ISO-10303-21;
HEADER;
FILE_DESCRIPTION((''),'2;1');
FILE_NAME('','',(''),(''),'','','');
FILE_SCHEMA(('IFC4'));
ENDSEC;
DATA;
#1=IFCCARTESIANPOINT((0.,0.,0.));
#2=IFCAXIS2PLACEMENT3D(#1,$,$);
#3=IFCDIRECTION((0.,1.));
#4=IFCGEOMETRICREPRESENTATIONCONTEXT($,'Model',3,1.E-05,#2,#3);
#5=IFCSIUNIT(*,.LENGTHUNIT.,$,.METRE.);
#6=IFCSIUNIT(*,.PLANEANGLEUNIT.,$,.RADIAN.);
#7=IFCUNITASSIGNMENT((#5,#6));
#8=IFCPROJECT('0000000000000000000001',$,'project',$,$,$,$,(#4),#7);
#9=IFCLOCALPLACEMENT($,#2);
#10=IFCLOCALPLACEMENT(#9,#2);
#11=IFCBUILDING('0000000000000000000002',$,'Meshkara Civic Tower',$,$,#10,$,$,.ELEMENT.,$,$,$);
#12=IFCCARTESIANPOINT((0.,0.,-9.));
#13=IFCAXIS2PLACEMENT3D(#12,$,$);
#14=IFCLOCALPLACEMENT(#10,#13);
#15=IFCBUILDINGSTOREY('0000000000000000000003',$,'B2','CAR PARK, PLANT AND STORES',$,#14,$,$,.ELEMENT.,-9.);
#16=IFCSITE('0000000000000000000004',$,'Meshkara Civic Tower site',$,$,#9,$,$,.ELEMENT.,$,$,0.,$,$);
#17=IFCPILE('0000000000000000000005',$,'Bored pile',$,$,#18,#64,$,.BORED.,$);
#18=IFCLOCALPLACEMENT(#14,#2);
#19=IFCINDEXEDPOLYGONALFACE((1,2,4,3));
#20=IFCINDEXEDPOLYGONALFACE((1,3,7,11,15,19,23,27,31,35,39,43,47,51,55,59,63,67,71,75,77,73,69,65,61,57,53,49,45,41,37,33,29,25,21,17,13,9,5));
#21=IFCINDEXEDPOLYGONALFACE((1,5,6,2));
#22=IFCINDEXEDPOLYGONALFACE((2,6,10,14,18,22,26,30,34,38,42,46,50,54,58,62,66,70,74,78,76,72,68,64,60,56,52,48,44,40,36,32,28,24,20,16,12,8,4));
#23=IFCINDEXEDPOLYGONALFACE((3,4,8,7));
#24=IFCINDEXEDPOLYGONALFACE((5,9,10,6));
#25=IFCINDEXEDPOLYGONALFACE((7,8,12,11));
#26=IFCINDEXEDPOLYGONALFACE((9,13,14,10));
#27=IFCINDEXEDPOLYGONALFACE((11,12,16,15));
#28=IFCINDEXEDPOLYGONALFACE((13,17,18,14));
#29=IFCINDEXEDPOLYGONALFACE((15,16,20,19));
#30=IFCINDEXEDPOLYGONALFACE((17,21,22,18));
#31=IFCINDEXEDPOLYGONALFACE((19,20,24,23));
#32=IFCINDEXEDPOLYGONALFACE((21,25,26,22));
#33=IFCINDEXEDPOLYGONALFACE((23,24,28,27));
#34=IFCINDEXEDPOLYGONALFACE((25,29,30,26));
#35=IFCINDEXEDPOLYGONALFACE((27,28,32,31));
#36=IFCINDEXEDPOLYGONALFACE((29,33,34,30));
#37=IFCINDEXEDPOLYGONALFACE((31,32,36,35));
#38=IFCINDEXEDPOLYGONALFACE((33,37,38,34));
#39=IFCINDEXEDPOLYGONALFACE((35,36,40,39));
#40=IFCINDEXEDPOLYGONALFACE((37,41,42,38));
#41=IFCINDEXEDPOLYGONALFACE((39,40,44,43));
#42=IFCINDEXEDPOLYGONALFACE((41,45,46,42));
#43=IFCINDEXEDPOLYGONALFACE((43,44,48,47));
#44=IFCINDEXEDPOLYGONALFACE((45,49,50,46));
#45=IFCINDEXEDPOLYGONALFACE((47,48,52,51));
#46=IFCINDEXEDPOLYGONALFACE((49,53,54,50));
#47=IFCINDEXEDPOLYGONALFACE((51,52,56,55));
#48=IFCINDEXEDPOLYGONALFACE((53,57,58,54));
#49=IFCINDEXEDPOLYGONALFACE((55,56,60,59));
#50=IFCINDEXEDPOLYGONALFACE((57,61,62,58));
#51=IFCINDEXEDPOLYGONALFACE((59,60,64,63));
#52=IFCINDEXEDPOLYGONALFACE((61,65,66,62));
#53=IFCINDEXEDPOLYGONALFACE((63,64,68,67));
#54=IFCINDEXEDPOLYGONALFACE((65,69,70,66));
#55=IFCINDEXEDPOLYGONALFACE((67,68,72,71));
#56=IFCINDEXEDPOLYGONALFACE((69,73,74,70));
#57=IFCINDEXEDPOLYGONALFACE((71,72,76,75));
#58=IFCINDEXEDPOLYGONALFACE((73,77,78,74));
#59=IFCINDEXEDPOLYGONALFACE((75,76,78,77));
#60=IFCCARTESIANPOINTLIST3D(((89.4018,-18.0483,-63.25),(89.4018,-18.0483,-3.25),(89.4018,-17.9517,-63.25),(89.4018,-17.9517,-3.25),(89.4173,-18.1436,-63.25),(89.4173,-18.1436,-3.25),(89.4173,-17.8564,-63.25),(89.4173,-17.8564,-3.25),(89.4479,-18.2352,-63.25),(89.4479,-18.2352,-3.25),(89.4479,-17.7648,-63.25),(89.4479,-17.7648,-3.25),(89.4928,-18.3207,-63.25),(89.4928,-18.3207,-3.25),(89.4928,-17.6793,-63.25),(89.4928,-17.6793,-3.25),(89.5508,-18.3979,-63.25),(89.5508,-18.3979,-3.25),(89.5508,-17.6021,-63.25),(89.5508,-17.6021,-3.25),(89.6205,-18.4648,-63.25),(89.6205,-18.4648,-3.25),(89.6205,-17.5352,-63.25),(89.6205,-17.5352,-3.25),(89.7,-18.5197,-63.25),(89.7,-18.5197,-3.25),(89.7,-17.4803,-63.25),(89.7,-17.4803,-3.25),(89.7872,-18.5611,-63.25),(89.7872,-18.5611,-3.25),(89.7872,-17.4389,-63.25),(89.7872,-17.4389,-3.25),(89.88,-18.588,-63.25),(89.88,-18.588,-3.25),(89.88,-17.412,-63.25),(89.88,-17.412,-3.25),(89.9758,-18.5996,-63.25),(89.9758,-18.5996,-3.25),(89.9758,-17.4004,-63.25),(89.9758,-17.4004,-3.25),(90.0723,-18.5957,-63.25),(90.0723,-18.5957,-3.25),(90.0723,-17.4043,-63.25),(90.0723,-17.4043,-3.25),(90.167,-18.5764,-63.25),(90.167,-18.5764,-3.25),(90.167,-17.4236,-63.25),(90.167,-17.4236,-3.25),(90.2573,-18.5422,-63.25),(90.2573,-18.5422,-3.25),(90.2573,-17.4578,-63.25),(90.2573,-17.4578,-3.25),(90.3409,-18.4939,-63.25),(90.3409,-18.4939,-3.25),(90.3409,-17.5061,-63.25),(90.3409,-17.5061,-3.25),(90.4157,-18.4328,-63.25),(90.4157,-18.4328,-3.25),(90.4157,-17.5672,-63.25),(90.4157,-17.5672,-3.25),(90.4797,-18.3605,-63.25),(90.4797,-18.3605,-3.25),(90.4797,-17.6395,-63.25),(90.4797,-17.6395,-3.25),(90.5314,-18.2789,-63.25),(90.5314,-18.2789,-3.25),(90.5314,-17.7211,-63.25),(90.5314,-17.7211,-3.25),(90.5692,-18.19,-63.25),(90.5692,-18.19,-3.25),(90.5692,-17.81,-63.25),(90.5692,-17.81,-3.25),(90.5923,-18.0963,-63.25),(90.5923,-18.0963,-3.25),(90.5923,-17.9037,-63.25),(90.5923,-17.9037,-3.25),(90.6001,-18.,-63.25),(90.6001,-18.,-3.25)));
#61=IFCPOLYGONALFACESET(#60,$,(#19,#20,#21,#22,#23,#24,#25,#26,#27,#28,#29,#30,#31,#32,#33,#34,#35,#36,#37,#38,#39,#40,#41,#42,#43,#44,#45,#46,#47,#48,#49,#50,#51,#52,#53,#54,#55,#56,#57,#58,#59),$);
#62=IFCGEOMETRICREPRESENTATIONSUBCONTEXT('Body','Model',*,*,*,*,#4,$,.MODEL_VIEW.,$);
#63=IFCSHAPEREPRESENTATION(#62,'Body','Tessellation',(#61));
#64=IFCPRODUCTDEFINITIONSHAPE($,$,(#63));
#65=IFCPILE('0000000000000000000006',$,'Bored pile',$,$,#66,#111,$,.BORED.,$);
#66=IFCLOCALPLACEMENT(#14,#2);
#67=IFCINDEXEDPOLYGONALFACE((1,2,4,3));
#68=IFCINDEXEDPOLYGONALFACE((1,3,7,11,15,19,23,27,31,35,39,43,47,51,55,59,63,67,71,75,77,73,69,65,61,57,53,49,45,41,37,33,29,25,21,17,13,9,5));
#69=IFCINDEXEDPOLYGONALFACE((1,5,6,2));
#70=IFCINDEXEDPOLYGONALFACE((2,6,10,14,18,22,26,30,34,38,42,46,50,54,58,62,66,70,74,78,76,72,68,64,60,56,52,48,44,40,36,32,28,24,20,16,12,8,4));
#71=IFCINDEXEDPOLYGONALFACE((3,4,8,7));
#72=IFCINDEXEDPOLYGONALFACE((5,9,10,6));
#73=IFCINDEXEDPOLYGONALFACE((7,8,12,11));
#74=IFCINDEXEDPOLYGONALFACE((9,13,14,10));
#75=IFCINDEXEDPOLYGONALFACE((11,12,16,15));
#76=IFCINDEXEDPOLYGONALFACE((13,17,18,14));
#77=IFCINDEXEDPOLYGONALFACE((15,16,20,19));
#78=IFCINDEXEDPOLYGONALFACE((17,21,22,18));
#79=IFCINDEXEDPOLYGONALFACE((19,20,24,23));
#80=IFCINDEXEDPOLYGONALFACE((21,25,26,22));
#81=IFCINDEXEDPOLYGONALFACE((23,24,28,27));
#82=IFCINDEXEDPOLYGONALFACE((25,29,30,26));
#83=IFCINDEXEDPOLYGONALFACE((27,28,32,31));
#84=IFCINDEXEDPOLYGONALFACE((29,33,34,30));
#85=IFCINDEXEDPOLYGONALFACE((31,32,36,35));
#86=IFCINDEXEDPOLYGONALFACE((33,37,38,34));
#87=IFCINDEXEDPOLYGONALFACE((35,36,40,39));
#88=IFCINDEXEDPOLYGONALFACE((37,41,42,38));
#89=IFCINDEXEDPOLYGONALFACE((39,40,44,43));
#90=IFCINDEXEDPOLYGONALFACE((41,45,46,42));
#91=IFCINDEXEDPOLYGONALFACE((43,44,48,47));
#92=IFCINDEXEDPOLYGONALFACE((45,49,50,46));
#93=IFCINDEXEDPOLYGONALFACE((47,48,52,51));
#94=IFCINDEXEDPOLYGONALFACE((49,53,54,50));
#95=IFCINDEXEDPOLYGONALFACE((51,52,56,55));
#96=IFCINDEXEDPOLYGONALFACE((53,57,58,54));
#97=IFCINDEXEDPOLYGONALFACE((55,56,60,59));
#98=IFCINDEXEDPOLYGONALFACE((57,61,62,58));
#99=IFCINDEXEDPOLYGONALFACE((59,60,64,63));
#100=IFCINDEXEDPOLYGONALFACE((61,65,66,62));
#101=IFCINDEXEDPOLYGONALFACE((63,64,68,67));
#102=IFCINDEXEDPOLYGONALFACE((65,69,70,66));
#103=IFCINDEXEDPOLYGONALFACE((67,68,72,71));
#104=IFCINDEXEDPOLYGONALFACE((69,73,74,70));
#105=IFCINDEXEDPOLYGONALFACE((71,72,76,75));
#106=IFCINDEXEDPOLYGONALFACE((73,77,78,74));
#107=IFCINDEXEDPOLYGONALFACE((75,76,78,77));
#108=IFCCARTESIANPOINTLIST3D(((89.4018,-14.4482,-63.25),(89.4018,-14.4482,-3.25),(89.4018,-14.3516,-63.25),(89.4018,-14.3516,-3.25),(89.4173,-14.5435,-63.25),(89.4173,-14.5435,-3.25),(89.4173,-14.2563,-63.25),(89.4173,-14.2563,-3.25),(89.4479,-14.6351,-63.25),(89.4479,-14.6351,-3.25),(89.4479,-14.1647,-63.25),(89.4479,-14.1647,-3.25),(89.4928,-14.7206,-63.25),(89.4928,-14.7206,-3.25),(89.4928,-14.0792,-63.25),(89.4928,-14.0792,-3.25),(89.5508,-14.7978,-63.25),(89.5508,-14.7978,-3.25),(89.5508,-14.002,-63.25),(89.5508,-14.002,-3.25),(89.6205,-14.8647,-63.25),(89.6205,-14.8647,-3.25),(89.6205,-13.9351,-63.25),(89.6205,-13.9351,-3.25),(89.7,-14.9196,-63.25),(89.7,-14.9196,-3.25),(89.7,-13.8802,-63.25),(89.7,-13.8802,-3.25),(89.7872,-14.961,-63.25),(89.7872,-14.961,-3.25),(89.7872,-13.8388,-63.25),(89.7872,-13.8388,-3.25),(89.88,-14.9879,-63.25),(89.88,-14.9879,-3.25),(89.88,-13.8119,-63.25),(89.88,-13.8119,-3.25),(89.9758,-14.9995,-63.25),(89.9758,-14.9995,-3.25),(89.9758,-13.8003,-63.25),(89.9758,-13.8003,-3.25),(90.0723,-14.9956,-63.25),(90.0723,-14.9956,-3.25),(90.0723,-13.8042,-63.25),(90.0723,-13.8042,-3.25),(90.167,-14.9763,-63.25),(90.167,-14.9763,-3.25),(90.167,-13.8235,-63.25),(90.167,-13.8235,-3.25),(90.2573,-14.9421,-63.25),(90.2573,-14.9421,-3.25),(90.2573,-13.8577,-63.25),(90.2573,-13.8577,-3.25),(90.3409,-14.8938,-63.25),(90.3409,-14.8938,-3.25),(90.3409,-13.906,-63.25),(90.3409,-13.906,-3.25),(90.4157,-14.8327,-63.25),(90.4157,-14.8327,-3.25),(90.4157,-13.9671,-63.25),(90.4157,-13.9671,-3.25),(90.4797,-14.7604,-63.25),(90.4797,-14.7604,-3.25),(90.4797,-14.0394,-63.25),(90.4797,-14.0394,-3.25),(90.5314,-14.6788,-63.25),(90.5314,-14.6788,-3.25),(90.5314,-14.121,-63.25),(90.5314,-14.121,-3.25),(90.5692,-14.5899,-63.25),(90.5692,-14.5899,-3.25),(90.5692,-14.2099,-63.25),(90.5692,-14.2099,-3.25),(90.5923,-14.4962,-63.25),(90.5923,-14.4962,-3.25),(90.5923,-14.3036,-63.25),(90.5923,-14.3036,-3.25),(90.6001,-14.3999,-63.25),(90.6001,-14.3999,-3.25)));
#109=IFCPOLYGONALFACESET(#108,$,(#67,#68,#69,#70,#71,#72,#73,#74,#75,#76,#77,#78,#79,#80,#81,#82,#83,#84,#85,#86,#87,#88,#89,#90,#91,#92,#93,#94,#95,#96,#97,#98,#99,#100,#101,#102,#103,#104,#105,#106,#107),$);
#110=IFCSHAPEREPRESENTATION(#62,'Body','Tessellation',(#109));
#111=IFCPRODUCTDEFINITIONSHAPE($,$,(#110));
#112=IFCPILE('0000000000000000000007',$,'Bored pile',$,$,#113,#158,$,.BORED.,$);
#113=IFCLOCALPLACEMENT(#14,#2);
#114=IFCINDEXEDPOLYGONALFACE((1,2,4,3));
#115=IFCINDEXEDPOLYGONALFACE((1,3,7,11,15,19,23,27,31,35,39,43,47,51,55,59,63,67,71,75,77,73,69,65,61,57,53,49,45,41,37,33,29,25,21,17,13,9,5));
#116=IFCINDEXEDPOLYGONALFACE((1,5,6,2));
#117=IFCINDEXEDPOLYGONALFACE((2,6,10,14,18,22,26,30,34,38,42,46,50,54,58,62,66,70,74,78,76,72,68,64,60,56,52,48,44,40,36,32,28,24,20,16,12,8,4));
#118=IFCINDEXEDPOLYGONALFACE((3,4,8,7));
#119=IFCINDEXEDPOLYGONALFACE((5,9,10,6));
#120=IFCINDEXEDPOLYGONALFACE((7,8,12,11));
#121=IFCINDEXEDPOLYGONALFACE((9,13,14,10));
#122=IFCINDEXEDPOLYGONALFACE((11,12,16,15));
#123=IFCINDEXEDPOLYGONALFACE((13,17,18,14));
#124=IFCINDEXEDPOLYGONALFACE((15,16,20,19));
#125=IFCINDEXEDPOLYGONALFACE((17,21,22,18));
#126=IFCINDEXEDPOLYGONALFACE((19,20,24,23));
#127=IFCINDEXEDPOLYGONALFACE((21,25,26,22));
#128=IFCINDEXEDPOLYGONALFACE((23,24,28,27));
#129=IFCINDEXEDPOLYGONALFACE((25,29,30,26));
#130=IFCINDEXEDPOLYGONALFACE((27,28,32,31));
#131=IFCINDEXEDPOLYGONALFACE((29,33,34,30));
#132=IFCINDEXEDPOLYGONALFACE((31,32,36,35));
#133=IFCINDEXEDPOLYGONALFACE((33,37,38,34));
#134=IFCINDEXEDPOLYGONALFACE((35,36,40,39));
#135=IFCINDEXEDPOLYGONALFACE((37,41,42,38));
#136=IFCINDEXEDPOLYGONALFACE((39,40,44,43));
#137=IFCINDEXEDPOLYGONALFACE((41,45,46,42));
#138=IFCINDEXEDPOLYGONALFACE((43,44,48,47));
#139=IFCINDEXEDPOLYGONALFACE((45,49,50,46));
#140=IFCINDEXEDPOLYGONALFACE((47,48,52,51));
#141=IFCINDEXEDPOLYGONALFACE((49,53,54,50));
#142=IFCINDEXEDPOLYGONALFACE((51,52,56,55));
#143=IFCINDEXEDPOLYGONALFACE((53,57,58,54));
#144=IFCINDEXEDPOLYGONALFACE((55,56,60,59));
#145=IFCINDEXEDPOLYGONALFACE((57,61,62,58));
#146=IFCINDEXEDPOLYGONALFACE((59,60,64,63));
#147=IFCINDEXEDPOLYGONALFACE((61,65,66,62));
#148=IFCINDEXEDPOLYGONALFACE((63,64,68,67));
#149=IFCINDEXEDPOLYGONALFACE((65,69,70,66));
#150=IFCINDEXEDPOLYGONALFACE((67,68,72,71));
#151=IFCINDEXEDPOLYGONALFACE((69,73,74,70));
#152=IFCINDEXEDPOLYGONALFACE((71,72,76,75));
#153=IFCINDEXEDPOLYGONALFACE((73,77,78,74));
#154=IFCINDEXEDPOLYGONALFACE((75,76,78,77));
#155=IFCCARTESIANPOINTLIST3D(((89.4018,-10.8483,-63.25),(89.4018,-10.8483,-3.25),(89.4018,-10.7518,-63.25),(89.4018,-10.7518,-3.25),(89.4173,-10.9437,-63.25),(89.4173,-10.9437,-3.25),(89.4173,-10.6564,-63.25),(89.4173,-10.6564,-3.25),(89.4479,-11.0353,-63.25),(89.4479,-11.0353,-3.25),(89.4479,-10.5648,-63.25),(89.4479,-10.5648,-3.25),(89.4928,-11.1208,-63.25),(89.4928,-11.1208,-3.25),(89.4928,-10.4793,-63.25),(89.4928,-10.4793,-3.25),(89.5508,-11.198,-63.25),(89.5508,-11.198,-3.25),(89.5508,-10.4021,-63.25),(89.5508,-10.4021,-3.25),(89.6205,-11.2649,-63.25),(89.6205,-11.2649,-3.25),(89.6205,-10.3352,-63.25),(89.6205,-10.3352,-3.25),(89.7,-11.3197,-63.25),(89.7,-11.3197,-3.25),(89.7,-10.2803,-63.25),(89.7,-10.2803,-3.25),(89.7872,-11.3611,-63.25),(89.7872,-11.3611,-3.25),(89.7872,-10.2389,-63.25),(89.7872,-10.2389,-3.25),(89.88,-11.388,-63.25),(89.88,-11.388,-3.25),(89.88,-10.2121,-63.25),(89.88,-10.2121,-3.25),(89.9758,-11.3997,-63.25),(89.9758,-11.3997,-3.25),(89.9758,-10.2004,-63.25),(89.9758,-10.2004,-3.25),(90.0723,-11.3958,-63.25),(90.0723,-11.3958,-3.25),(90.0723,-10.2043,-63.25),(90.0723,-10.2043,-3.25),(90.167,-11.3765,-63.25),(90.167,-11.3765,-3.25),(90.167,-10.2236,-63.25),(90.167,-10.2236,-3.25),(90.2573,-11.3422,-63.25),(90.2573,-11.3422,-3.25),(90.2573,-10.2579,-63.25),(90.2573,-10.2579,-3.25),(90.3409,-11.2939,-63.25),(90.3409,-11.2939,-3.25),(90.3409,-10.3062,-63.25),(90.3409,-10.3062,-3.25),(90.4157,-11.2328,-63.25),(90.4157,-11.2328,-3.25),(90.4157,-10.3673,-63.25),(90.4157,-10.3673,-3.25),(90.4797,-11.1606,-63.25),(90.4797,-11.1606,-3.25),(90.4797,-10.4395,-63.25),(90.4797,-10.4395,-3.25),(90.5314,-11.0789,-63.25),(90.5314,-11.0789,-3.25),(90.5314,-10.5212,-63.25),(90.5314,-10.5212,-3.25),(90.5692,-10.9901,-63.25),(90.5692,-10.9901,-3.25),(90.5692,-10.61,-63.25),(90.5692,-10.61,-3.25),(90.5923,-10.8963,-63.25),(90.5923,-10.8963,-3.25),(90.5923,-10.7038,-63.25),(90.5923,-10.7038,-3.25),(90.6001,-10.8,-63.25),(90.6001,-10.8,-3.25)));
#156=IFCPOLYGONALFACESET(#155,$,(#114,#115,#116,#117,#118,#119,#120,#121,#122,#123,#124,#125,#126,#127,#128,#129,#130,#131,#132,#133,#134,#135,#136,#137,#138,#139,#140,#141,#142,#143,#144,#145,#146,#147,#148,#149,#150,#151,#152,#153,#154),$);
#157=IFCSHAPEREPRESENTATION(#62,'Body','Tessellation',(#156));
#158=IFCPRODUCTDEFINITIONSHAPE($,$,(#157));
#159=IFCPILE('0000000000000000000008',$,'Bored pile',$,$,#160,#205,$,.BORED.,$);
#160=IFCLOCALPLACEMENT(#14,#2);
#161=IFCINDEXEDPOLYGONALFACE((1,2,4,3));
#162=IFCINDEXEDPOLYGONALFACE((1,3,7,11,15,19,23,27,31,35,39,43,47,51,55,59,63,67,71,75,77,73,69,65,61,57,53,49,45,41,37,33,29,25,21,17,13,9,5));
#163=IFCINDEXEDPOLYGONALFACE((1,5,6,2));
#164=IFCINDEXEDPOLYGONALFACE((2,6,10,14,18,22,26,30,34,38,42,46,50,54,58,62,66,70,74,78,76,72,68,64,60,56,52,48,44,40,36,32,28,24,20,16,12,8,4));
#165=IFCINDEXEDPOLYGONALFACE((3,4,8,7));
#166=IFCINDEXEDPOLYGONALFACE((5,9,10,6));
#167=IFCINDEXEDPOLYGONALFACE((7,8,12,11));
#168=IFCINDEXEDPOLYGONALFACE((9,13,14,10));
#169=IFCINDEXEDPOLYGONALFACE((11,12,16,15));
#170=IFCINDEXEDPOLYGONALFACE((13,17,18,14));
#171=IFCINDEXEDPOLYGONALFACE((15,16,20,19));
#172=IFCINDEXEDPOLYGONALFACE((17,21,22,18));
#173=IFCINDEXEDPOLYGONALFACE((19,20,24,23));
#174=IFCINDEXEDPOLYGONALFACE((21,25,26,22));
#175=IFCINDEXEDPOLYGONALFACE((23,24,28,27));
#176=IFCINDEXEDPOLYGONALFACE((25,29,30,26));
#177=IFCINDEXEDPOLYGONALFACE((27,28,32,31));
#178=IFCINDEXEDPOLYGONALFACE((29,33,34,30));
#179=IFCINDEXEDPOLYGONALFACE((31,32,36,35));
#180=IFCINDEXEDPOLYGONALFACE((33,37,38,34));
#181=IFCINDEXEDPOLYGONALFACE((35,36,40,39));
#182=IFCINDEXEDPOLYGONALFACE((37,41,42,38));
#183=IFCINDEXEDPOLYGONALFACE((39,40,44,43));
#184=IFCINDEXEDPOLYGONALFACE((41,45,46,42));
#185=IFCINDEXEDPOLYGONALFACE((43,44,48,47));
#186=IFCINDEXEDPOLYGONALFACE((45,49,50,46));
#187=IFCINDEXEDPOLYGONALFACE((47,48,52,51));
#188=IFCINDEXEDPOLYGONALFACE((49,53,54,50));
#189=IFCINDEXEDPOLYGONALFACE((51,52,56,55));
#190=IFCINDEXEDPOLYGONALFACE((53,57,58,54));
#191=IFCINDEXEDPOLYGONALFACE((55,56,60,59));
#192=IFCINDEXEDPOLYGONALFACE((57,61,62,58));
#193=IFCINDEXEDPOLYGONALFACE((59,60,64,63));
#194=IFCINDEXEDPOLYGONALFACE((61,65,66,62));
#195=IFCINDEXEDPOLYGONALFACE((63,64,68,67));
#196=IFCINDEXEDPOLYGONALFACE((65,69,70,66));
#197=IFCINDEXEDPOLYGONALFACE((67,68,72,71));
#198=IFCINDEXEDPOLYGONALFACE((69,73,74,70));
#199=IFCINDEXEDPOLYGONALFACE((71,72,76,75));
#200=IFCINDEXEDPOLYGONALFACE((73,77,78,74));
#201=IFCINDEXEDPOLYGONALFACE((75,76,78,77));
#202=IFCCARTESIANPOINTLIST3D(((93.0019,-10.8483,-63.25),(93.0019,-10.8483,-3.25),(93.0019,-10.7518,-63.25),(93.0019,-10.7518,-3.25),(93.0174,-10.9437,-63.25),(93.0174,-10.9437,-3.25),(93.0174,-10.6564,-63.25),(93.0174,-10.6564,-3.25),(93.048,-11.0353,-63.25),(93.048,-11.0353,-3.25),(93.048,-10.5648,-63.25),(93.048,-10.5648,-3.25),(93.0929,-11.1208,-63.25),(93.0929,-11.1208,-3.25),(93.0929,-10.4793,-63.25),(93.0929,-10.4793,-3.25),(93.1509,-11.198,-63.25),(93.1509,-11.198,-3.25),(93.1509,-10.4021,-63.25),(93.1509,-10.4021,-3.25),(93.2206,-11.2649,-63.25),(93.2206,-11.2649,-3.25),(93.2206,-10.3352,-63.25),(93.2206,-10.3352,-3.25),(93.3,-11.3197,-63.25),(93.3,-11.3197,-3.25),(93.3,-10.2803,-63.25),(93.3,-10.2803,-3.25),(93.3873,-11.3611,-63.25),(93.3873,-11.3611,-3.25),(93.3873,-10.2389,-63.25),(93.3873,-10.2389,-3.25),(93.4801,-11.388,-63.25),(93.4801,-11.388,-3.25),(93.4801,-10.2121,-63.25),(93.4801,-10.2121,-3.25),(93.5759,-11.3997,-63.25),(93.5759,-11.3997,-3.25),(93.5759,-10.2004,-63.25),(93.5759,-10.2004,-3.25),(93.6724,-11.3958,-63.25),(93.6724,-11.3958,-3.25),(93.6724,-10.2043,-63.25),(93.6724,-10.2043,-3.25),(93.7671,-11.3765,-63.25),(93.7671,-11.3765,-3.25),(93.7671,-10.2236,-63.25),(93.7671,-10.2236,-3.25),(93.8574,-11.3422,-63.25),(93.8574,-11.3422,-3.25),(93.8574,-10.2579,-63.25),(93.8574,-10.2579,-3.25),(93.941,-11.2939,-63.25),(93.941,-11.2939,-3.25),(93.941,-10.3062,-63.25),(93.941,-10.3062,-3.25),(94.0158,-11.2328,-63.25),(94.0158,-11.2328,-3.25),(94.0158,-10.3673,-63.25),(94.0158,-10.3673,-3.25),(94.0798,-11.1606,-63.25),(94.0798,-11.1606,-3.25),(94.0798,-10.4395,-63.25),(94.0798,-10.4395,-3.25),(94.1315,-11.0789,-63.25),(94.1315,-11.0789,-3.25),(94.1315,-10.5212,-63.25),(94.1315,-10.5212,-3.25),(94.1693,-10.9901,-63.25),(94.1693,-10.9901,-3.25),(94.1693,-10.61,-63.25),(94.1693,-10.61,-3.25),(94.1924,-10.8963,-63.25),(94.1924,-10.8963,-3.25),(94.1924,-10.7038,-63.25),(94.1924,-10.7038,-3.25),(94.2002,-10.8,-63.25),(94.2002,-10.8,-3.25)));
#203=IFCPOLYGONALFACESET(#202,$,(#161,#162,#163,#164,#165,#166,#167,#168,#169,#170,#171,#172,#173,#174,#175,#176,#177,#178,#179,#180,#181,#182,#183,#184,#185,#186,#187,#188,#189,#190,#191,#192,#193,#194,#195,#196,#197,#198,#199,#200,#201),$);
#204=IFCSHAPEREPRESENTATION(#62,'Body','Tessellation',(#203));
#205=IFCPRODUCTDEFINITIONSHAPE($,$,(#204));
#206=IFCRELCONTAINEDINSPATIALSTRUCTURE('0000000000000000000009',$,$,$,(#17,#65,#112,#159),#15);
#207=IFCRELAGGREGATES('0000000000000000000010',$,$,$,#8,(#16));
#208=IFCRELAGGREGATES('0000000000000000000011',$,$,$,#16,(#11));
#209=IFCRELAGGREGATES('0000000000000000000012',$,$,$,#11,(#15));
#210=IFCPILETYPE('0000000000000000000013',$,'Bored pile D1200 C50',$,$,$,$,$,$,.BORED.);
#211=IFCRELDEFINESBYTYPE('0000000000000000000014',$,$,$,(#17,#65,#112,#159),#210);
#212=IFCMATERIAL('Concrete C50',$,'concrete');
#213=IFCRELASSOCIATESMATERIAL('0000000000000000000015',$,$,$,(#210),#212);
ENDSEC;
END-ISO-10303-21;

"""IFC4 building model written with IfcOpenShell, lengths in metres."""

from ifc_helpers import new_model, si_unit, direction, frame, origin, origin_2d, place, context, subcontext, project, spatial, circle, extrude, material, material_profile, profile_set, type_object, element, save


model = new_model("IFC4")

# Units and contexts
model_context = context("Model", 3, precision=1e-05, world=origin(), true_north=direction((0.0, 1.0)))
body_context = subcontext(model_context, "Body", "Model", "MODEL_VIEW")
ifc_project = project(units=[si_unit("LENGTHUNIT", "METRE"), si_unit("PLANEANGLEUNIT", "RADIAN")], contexts=[model_context])

# Site, building, storey
site_placement = place(None, origin())
site = spatial("IfcSite", under=ifc_project, at=site_placement, Name="Meshkara Civic Tower site", CompositionType="ELEMENT", RefElevation=0.0)
building_placement = place(site_placement, origin())
building = spatial("IfcBuilding", under=site, at=building_placement, Name="Meshkara Civic Tower", CompositionType="ELEMENT")
storey_placement = place(building_placement, frame((0.0, 0.0, -9.0)))
storey = spatial("IfcBuildingStorey", under=building, at=storey_placement, Name="B2", Description="CAR PARK, PLANT AND STORES", CompositionType="ELEMENT", Elevation=-9.0)

# Piles
ifc_material_1 = material(Name="Concrete C50", Category="concrete")
ifc_material_profile_1 = material_profile(ifc_material_1, circle(Radius=0.6001, at=origin_2d()))
ifc_profile_set_1 = profile_set([ifc_material_profile_1], Name="Concrete C50")
pile_type = type_object("IfcPileType", Name="Bored pile D1200 C50", PredefinedType="BORED", material=ifc_profile_set_1)
for number, where, z_axis, x_axis, name in (
    (1, (90.0, -18.0, -3.25), (0.0, 0.0, -1.0), (1.0, 0.0, 0.0), "Bored pile"),
    (2, (90.0, -14.3999, -3.25), (0.0, 0.0, -1.0), (1.0, 0.0, 0.0), "Bored pile"),
    (3, (90.0, -10.8, -3.25), (0.0, 0.0, -1.0), (1.0, 0.0, 0.0), "Bored pile"),
    (4, (93.6001, -10.8, -3.25), (0.0, 0.0, -1.0), (1.0, 0.0, 0.0), "Bored pile"),
):
    element("IfcPile", number, at=place(storey_placement, frame(where, z_axis=z_axis, x_axis=x_axis)), inside=storey, type_object=pile_type, Name=name, PredefinedType="BORED", context=body_context, shape_type="SweptSolid", body=[
        extrude(circle(Radius=0.6001, at=origin_2d()), origin(), (0.0, 0.0, 1.0), 60.0),
    ])

save(model, "model.ifc")
